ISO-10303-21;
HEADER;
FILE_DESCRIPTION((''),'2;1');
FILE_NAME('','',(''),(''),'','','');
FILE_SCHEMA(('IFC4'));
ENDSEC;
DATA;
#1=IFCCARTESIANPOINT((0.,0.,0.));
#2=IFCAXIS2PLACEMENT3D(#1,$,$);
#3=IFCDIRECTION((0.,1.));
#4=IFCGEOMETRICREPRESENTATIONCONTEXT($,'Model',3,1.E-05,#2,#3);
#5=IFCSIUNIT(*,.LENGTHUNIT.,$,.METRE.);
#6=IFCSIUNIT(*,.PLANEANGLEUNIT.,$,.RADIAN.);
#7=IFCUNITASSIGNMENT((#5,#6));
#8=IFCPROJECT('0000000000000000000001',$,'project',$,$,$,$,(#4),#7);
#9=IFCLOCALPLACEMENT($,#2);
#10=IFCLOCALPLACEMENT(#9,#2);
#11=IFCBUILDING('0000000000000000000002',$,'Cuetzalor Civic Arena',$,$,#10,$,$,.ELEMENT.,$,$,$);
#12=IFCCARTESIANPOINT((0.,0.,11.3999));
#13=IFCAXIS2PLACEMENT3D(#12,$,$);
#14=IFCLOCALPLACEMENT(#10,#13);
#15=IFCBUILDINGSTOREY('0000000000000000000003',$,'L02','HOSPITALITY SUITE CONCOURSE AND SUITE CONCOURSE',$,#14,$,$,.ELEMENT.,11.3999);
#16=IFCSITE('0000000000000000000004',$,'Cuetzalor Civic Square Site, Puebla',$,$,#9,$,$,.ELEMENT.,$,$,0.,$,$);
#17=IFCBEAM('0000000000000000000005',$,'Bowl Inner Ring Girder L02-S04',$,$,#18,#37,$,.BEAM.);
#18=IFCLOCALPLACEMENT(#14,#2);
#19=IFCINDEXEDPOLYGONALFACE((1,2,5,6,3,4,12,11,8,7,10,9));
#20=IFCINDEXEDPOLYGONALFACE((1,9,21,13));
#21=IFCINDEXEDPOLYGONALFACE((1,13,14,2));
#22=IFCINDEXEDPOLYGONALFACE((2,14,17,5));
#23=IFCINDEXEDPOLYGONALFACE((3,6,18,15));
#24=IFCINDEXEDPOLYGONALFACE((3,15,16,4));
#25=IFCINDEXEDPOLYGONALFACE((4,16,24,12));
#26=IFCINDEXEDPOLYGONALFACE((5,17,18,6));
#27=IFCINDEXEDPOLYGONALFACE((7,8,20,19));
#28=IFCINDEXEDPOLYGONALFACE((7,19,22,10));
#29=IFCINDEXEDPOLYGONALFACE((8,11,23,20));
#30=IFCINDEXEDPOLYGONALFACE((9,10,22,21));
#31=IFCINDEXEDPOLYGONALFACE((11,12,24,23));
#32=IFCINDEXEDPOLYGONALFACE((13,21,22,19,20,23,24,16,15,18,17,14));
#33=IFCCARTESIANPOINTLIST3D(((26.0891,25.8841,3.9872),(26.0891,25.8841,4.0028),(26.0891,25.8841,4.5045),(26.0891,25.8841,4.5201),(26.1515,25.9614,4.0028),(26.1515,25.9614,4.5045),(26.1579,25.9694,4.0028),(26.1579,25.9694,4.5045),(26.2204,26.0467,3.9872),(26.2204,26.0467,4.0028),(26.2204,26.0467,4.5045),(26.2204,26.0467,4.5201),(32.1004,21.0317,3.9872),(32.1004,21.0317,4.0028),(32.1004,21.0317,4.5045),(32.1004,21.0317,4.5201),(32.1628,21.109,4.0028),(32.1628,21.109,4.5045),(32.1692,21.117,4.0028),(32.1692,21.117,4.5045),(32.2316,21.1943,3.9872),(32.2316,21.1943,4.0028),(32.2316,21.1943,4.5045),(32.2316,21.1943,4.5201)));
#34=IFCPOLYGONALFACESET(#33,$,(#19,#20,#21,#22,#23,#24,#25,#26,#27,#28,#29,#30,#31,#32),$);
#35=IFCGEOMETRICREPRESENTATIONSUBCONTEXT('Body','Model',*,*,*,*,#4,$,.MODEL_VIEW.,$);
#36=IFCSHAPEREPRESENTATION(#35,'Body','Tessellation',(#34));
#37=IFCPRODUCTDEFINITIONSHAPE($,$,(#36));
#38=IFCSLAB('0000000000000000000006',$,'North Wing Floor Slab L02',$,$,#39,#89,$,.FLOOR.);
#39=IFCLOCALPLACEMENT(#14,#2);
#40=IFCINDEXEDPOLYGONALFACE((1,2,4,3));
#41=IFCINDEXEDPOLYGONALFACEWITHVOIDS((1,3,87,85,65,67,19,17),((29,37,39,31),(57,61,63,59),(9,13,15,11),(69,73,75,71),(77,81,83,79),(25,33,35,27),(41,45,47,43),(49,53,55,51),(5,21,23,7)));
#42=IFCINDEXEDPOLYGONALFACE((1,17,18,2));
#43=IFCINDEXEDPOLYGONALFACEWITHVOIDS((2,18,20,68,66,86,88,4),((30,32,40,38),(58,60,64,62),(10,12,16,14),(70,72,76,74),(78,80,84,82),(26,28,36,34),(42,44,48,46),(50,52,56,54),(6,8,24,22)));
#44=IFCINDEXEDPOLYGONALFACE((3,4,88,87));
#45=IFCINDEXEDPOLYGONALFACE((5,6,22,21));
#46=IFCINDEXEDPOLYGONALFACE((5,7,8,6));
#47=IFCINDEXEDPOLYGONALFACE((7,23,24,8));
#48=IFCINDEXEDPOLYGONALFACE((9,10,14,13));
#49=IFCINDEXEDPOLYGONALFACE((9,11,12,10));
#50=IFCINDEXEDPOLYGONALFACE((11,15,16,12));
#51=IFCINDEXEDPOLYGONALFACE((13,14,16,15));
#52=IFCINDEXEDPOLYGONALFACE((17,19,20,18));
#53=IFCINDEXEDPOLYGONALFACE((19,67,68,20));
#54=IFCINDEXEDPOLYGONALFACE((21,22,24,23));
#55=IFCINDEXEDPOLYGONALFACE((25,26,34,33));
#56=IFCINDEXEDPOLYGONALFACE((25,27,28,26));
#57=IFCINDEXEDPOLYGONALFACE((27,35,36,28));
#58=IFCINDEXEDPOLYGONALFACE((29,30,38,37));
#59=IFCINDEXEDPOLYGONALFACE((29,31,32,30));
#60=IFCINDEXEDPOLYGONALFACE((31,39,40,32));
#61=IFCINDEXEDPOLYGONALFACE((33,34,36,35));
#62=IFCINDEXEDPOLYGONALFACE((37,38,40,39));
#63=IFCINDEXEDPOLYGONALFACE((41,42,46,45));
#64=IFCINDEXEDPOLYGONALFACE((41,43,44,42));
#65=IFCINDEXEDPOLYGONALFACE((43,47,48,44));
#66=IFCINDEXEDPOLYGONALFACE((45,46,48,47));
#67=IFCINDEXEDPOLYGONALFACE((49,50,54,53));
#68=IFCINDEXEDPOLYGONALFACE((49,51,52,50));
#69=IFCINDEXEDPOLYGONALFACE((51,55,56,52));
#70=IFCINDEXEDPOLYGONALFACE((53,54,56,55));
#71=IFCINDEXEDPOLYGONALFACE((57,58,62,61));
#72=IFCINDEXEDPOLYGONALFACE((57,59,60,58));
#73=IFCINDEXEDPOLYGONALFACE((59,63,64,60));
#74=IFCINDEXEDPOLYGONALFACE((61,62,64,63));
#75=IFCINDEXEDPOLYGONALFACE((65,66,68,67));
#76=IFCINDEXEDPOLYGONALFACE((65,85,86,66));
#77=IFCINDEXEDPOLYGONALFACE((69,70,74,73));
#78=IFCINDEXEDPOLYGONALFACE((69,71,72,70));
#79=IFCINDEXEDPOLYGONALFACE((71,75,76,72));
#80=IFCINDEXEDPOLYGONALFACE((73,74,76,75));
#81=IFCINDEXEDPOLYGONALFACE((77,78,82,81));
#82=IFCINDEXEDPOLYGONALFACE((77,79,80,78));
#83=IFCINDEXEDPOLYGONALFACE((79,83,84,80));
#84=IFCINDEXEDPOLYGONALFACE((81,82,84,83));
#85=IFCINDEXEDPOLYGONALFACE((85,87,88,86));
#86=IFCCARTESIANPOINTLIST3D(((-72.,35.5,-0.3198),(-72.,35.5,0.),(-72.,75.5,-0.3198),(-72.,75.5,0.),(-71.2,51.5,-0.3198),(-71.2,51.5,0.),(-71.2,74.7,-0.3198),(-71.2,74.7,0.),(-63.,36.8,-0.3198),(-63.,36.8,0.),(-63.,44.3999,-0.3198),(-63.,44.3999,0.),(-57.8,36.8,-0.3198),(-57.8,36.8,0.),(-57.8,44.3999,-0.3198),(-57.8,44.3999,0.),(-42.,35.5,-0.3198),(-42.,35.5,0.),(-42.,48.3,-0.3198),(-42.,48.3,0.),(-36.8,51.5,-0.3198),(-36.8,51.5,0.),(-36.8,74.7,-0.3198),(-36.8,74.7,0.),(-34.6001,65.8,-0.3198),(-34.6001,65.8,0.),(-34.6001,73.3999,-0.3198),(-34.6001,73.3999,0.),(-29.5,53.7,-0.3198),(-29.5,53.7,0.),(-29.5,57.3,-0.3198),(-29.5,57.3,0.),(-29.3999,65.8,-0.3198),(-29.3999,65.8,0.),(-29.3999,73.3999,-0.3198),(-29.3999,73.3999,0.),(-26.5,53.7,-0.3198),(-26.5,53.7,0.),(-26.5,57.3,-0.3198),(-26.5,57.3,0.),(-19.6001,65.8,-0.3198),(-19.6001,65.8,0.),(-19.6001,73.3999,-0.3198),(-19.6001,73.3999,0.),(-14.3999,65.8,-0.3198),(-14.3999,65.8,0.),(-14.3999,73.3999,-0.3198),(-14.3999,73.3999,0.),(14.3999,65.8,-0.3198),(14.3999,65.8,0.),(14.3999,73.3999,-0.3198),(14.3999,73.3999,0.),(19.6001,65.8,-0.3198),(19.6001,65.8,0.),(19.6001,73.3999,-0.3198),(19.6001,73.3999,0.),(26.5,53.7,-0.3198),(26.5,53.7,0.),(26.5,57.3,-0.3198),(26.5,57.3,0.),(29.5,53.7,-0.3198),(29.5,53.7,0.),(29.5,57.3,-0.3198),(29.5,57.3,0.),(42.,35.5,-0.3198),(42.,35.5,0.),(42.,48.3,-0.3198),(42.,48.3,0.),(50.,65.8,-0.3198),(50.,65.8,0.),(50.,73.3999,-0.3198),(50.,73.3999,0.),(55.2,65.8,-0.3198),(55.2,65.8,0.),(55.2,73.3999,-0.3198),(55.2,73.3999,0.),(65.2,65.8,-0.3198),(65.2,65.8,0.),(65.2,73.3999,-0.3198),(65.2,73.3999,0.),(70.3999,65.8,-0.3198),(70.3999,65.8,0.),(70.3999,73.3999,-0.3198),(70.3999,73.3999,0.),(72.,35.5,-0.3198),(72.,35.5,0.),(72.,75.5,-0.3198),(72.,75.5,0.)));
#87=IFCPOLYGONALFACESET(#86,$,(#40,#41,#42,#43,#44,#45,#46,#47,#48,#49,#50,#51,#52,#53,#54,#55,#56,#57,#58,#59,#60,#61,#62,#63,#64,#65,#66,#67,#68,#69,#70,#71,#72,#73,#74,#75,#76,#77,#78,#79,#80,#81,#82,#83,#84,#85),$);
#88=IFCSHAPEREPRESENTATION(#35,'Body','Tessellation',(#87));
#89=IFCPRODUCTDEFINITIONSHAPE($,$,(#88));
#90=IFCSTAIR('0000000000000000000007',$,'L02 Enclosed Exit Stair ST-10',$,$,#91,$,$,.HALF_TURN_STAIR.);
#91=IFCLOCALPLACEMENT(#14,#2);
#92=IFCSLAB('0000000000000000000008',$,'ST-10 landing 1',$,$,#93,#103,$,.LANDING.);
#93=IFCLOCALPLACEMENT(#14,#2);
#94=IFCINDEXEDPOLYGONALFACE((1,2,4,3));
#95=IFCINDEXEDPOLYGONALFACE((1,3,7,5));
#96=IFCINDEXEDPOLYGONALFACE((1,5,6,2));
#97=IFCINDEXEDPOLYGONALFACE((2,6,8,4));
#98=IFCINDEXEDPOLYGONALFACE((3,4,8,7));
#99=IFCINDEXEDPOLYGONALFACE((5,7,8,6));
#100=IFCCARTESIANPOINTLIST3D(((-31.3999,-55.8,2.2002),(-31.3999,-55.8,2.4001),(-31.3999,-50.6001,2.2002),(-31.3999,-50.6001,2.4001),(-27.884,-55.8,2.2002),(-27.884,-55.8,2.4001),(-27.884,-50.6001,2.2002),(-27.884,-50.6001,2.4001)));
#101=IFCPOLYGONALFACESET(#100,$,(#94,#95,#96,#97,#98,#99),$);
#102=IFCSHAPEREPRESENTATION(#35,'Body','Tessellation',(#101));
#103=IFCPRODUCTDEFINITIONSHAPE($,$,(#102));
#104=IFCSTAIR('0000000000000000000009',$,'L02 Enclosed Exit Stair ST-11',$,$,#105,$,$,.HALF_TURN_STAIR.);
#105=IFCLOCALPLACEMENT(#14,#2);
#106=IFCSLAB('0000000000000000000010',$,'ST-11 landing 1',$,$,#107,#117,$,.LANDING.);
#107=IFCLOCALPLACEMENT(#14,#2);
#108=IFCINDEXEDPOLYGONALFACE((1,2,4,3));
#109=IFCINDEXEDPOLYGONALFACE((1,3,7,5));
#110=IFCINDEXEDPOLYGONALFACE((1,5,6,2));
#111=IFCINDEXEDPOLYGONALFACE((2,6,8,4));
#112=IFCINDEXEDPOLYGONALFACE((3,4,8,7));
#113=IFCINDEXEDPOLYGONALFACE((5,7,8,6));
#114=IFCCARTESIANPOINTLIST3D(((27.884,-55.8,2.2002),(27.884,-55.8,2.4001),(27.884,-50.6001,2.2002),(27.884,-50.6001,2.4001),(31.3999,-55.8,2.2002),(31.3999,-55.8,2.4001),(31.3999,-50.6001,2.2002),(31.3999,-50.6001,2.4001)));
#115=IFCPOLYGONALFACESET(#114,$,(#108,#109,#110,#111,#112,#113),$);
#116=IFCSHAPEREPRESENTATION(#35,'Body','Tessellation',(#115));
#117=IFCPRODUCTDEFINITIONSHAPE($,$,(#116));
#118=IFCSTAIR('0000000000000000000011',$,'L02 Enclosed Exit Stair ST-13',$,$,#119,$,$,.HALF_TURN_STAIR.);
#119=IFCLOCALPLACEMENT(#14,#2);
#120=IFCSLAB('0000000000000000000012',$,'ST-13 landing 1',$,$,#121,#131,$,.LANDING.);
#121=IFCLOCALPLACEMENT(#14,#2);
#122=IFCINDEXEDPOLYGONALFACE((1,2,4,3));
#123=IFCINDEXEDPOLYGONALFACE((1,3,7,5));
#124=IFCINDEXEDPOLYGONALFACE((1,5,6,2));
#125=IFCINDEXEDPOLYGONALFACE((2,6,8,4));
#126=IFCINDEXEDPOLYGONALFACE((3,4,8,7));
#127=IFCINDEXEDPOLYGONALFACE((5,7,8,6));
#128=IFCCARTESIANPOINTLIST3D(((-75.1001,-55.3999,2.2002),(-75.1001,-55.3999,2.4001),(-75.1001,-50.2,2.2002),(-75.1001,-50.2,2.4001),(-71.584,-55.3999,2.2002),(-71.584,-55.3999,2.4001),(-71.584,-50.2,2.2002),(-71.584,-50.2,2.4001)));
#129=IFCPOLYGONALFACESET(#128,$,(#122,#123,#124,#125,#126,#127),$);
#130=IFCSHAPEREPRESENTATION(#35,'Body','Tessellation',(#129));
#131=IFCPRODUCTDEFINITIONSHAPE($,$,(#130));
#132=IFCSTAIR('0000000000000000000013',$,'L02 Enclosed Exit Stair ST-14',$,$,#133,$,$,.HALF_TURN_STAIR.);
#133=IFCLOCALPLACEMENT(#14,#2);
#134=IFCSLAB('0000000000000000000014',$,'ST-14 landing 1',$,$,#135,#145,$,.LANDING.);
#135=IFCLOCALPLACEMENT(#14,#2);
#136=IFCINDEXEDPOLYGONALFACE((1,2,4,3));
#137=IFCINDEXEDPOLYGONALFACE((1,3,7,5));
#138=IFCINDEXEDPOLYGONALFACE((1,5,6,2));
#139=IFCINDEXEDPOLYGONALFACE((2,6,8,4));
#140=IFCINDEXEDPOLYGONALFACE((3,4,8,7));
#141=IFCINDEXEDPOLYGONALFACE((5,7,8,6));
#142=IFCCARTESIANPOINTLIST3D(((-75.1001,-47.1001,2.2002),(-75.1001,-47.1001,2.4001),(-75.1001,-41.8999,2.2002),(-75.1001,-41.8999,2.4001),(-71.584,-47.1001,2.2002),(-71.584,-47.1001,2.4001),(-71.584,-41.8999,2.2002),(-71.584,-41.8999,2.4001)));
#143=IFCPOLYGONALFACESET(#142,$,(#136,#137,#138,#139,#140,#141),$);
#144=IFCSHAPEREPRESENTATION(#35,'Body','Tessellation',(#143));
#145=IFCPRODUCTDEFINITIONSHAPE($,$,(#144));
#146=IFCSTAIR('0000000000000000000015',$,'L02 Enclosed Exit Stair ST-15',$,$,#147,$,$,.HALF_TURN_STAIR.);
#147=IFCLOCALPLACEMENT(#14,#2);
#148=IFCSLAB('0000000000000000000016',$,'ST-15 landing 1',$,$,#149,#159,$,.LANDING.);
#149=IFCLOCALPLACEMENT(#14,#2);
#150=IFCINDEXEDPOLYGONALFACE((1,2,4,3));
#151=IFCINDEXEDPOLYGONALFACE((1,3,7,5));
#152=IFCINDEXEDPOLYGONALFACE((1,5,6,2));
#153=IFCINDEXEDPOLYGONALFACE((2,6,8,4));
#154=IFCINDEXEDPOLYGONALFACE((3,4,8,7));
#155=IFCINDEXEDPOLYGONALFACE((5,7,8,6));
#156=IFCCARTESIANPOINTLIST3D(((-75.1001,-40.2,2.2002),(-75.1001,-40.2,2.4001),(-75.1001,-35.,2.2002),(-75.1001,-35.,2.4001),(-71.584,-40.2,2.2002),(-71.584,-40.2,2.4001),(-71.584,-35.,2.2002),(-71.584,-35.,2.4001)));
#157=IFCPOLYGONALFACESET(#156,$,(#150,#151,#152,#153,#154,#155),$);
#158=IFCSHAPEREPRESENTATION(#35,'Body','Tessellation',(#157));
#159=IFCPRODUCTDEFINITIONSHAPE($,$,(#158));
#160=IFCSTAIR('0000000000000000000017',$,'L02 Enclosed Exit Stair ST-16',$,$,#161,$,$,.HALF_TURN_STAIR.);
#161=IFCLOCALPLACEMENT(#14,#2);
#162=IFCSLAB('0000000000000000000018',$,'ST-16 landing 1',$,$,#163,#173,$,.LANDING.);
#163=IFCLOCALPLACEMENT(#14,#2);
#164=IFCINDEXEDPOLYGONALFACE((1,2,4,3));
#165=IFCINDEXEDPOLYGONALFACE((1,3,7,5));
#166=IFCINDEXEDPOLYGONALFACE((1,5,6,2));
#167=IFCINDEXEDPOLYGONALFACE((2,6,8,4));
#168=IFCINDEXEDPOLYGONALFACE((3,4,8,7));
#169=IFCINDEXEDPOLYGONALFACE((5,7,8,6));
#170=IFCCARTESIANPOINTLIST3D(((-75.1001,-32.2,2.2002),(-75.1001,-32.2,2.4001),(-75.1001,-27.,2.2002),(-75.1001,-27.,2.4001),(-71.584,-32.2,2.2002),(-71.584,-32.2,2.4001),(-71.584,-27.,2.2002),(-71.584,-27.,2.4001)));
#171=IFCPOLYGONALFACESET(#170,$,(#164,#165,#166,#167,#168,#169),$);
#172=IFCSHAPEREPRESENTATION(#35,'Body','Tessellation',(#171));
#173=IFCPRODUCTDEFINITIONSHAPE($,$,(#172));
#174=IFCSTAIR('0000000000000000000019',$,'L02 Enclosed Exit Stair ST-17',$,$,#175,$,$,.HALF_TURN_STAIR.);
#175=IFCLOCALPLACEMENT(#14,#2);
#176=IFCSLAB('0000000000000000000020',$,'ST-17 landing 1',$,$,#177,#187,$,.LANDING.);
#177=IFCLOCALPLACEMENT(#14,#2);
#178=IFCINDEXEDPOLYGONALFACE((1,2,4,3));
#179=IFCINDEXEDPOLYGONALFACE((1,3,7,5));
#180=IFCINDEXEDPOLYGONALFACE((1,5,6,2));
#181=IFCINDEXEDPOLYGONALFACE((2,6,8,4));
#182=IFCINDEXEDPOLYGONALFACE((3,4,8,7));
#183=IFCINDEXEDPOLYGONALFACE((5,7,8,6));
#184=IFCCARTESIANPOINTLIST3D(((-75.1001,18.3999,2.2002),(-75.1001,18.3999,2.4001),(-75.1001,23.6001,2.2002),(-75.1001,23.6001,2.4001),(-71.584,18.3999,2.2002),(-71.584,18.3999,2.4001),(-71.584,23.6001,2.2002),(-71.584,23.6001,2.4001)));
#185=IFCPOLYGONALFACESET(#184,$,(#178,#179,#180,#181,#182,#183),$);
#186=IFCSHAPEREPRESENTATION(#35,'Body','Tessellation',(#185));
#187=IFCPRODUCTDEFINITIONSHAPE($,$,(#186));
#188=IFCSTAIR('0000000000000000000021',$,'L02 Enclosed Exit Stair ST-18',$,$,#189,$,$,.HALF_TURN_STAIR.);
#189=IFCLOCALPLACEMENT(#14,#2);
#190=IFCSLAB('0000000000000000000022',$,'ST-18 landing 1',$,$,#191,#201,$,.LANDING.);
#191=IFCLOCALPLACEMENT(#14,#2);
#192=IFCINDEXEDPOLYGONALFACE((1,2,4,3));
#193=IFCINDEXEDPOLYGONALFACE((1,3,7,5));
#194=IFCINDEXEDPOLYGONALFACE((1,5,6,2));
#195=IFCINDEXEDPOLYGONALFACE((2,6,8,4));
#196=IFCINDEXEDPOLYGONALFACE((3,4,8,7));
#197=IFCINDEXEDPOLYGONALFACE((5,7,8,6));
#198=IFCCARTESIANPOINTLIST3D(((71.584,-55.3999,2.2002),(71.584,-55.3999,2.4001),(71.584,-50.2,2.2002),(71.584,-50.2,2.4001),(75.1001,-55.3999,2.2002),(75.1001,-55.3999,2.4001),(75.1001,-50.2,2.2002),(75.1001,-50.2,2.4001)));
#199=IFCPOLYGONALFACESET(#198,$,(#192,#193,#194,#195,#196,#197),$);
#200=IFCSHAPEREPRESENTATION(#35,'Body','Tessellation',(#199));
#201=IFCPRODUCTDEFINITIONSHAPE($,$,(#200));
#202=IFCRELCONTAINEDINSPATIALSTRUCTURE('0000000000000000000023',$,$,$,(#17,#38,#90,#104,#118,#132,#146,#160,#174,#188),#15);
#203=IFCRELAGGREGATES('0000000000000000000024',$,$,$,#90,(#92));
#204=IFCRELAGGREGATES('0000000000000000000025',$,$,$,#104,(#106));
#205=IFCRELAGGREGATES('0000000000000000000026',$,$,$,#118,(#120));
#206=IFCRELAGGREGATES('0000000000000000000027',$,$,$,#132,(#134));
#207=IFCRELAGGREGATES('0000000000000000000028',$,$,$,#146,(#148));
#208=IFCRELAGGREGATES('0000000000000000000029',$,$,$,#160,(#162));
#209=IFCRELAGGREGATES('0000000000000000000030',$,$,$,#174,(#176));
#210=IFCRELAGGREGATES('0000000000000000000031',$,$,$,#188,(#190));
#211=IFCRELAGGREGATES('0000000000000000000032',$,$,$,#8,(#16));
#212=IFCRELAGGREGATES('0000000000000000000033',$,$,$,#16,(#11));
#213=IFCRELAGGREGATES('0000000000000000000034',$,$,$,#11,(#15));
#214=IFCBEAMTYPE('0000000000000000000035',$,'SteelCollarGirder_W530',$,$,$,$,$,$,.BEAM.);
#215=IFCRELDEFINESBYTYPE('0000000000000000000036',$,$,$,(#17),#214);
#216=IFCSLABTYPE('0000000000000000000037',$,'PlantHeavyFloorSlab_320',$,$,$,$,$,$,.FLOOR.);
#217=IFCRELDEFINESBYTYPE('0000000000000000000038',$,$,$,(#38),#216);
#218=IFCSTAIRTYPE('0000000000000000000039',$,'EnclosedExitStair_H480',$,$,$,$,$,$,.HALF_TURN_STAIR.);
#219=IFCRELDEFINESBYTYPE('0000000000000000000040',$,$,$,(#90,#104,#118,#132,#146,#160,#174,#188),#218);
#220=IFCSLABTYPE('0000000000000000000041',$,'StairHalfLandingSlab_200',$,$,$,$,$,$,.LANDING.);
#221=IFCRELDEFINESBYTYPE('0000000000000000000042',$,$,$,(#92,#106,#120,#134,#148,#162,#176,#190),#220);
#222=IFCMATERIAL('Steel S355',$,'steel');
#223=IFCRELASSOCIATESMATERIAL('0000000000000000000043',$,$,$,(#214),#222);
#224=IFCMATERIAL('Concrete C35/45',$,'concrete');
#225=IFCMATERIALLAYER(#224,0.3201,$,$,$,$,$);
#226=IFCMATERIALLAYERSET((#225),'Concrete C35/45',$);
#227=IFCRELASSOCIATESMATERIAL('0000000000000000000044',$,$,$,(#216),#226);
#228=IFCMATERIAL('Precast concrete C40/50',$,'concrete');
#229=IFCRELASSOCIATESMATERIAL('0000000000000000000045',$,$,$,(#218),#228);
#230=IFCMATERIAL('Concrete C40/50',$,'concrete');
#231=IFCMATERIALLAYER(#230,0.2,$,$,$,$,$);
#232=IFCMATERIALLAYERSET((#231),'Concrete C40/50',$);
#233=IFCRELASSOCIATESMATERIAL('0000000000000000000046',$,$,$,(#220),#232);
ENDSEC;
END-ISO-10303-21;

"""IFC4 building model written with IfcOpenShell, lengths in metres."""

from ifc_helpers import new_model, si_unit, direction, frame, origin, origin_2d, place, context, subcontext, project, spatial, polyline, i_section, outline, extrude, material, layer, layer_set, material_profile, profile_set, type_object, element, aggregate, save


model = new_model("IFC4")

# Units and contexts
model_context = context("Model", 3, precision=1e-05, world=origin(), true_north=direction((0.0, 1.0)))
body_context = subcontext(model_context, "Body", "Model", "MODEL_VIEW")
ifc_project = project(units=[si_unit("LENGTHUNIT", "METRE"), si_unit("PLANEANGLEUNIT", "RADIAN")], contexts=[model_context])

# Site, building, storey
site_placement = place(None, origin())
site = spatial("IfcSite", under=ifc_project, at=site_placement, Name="Cuetzalor Civic Square Site, Puebla", CompositionType="ELEMENT", RefElevation=0.0)
building_placement = place(site_placement, origin())
building = spatial("IfcBuilding", under=site, at=building_placement, Name="Cuetzalor Civic Arena", CompositionType="ELEMENT")
storey_placement = place(building_placement, frame((0.0, 0.0, 11.3999)))
storey = spatial("IfcBuildingStorey", under=building, at=storey_placement, Name="L02", Description="HOSPITALITY SUITE CONCOURSE AND SUITE CONCOURSE", CompositionType="ELEMENT", Elevation=11.3999)

# Beam
ifc_material_1 = material(Name="Steel S355", Category="steel")
ifc_material_profile = material_profile(ifc_material_1, i_section(OverallWidth=0.209, OverallDepth=0.533, WebThickness=0.0103, FlangeThickness=0.0156, at=origin_2d()), Name="W530x92")
ifc_profile_set = profile_set([ifc_material_profile], Name="Steel S355")
beam_type = type_object("IfcBeamType", Name="SteelCollarGirder_W530", PredefinedType="BEAM", material=ifc_profile_set)
beam_placement = place(storey_placement, frame((32.166, 21.113, 4.2537), z_axis=(-0.778127, 0.628108, 0.0), x_axis=(-0.628108, -0.778127, 0.0)))
element("IfcBeam", 1, at=beam_placement, inside=storey, type_object=beam_type, Name="Bowl Inner Ring Girder L02-S04", PredefinedType="BEAM", context=body_context, shape_type="SweptSolid", body=[
    extrude(i_section(OverallWidth=0.209, OverallDepth=0.533, WebThickness=0.0103, FlangeThickness=0.0156, at=origin_2d()), origin(), (0.0, 0.0, 1.0), 7.7253),
])

# Slab
ifc_material_2 = material(Name="Concrete C35/45", Category="concrete")
ifc_layer_1 = layer(ifc_material_2, 0.3201)
ifc_layer_set_1 = layer_set([ifc_layer_1], Name="Concrete C35/45")
slab_type_1 = type_object("IfcSlabType", Name="PlantHeavyFloorSlab_320", PredefinedType="FLOOR", material=ifc_layer_set_1)
slab_1_placement = place(storey_placement, frame((0.0, 0.0, -0.3198)))
element("IfcSlab", 2, at=slab_1_placement, inside=storey, type_object=slab_type_1, Name="North Wing Floor Slab L02", PredefinedType="FLOOR", context=body_context, shape_type="SweptSolid", body=[
    extrude(outline(polyline([(-72.0, 75.5), (72.0, 75.5), (72.0, 35.5), (42.0, 35.5), (42.0, 48.3), (-42.0, 48.3), (-42.0, 35.5), (-72.0, 35.5), (-72.0, 75.5)]), holes=[polyline([(-36.8, 51.5), (-36.8, 74.7), (-71.2, 74.7), (-71.2, 51.5), (-36.8, 51.5)]), polyline([(-63.0, 36.8), (-57.8, 36.8), (-57.8, 44.3999), (-63.0, 44.3999), (-63.0, 36.8)]), polyline([(-34.6001, 73.3999), (-34.6001, 65.8), (-29.3999, 65.8), (-29.3999, 73.3999), (-34.6001, 73.3999)]), polyline([(-14.3999, 73.3999), (-19.6001, 73.3999), (-19.6001, 65.8), (-14.3999, 65.8), (-14.3999, 73.3999)]), polyline([(19.6001, 65.8), (19.6001, 73.3999), (14.3999, 73.3999), (14.3999, 65.8), (19.6001, 65.8)]), polyline([(50.0, 65.8), (55.2, 65.8), (55.2, 73.3999), (50.0, 73.3999), (50.0, 65.8)]), polyline([(65.2, 73.3999), (65.2, 65.8), (70.3999, 65.8), (70.3999, 73.3999), (65.2, 73.3999)]), polyline([(-26.5, 57.3), (-29.5, 57.3), (-29.5, 53.7), (-26.5, 53.7), (-26.5, 57.3)]), polyline([(29.5, 53.7), (29.5, 57.3), (26.5, 57.3), (26.5, 53.7), (29.5, 53.7)])]), origin(), (0.0, 0.0, 1.0), 0.3198),
])

# Stairs, slabs
ifc_material_3 = material(Name="Precast concrete C40/50", Category="concrete")
stair_type = type_object("IfcStairType", Name="EnclosedExitStair_H480", PredefinedType="HALF_TURN_STAIR", material=ifc_material_3)
stair_1_placement = place(storey_placement, origin())
stair_1 = element("IfcStair", 3, at=stair_1_placement, inside=storey, type_object=stair_type, Name="L02 Enclosed Exit Stair ST-10", PredefinedType="HALF_TURN_STAIR")
ifc_material_4 = material(Name="Concrete C40/50", Category="concrete")
ifc_layer_2 = layer(ifc_material_4, 0.2)
ifc_layer_set_2 = layer_set([ifc_layer_2], Name="Concrete C40/50")
slab_type_2 = type_object("IfcSlabType", Name="StairHalfLandingSlab_200", PredefinedType="LANDING", material=ifc_layer_set_2)
slab_2_placement = place(storey_placement, frame((0.0, 0.0, 2.2002)))
slab_2 = element("IfcSlab", 4, at=slab_2_placement, type_object=slab_type_2, Name="ST-10 landing 1", PredefinedType="LANDING", context=body_context, shape_type="SweptSolid", body=[
    extrude(outline(polyline([(-27.884, -50.6001), (-31.3999, -50.6001), (-31.3999, -55.8), (-27.884, -55.8), (-27.884, -50.6001)])), origin(), (0.0, 0.0, 1.0), 0.2),
])
aggregate(stair_1, [slab_2])
stair_2_placement = place(storey_placement, origin())
stair_2 = element("IfcStair", 5, at=stair_2_placement, inside=storey, type_object=stair_type, Name="L02 Enclosed Exit Stair ST-11", PredefinedType="HALF_TURN_STAIR")
slab_3_placement = place(storey_placement, frame((0.0, 0.0, 2.2002)))
slab_3 = element("IfcSlab", 6, at=slab_3_placement, type_object=slab_type_2, Name="ST-11 landing 1", PredefinedType="LANDING", context=body_context, shape_type="SweptSolid", body=[
    extrude(outline(polyline([(27.884, -55.8), (31.3999, -55.8), (31.3999, -50.6001), (27.884, -50.6001), (27.884, -55.8)])), origin(), (0.0, 0.0, 1.0), 0.2),
])
aggregate(stair_2, [slab_3])
stair_3_placement = place(storey_placement, origin())
stair_3 = element("IfcStair", 7, at=stair_3_placement, inside=storey, type_object=stair_type, Name="L02 Enclosed Exit Stair ST-13", PredefinedType="HALF_TURN_STAIR")
slab_4_placement = place(storey_placement, frame((0.0, 0.0, 2.2002)))
slab_4 = element("IfcSlab", 8, at=slab_4_placement, type_object=slab_type_2, Name="ST-13 landing 1", PredefinedType="LANDING", context=body_context, shape_type="SweptSolid", body=[
    extrude(outline(polyline([(-71.584, -50.2), (-75.1001, -50.2), (-75.1001, -55.3999), (-71.584, -55.3999), (-71.584, -50.2)])), origin(), (0.0, 0.0, 1.0), 0.2),
])
aggregate(stair_3, [slab_4])
stair_4_placement = place(storey_placement, origin())
stair_4 = element("IfcStair", 9, at=stair_4_placement, inside=storey, type_object=stair_type, Name="L02 Enclosed Exit Stair ST-14", PredefinedType="HALF_TURN_STAIR")
slab_5_placement = place(storey_placement, frame((0.0, 0.0, 2.2002)))
slab_5 = element("IfcSlab", 10, at=slab_5_placement, type_object=slab_type_2, Name="ST-14 landing 1", PredefinedType="LANDING", context=body_context, shape_type="SweptSolid", body=[
    extrude(outline(polyline([(-71.584, -41.8999), (-75.1001, -41.8999), (-75.1001, -47.1001), (-71.584, -47.1001), (-71.584, -41.8999)])), origin(), (0.0, 0.0, 1.0), 0.2),
])
aggregate(stair_4, [slab_5])
stair_5_placement = place(storey_placement, origin())
stair_5 = element("IfcStair", 11, at=stair_5_placement, inside=storey, type_object=stair_type, Name="L02 Enclosed Exit Stair ST-15", PredefinedType="HALF_TURN_STAIR")
slab_6_placement = place(storey_placement, frame((0.0, 0.0, 2.2002)))
slab_6 = element("IfcSlab", 12, at=slab_6_placement, type_object=slab_type_2, Name="ST-15 landing 1", PredefinedType="LANDING", context=body_context, shape_type="SweptSolid", body=[
    extrude(outline(polyline([(-71.584, -35.0), (-75.1001, -35.0), (-75.1001, -40.2), (-71.584, -40.2), (-71.584, -35.0)])), origin(), (0.0, 0.0, 1.0), 0.2),
])
aggregate(stair_5, [slab_6])
stair_6_placement = place(storey_placement, origin())
stair_6 = element("IfcStair", 13, at=stair_6_placement, inside=storey, type_object=stair_type, Name="L02 Enclosed Exit Stair ST-16", PredefinedType="HALF_TURN_STAIR")
slab_7_placement = place(storey_placement, frame((0.0, 0.0, 2.2002)))
slab_7 = element("IfcSlab", 14, at=slab_7_placement, type_object=slab_type_2, Name="ST-16 landing 1", PredefinedType="LANDING", context=body_context, shape_type="SweptSolid", body=[
    extrude(outline(polyline([(-71.584, -27.0), (-75.1001, -27.0), (-75.1001, -32.2), (-71.584, -32.2), (-71.584, -27.0)])), origin(), (0.0, 0.0, 1.0), 0.2),
])
aggregate(stair_6, [slab_7])
stair_7_placement = place(storey_placement, origin())
stair_7 = element("IfcStair", 15, at=stair_7_placement, inside=storey, type_object=stair_type, Name="L02 Enclosed Exit Stair ST-17", PredefinedType="HALF_TURN_STAIR")
slab_8_placement = place(storey_placement, frame((0.0, 0.0, 2.2002)))
slab_8 = element("IfcSlab", 16, at=slab_8_placement, type_object=slab_type_2, Name="ST-17 landing 1", PredefinedType="LANDING", context=body_context, shape_type="SweptSolid", body=[
    extrude(outline(polyline([(-71.584, 23.6001), (-75.1001, 23.6001), (-75.1001, 18.3999), (-71.584, 18.3999), (-71.584, 23.6001)])), origin(), (0.0, 0.0, 1.0), 0.2),
])
aggregate(stair_7, [slab_8])
stair_8_placement = place(storey_placement, origin())
stair_8 = element("IfcStair", 17, at=stair_8_placement, inside=storey, type_object=stair_type, Name="L02 Enclosed Exit Stair ST-18", PredefinedType="HALF_TURN_STAIR")
slab_9_placement = place(storey_placement, frame((0.0, 0.0, 2.2002)))
slab_9 = element("IfcSlab", 18, at=slab_9_placement, type_object=slab_type_2, Name="ST-18 landing 1", PredefinedType="LANDING", context=body_context, shape_type="SweptSolid", body=[
    extrude(outline(polyline([(71.584, -55.3999), (75.1001, -55.3999), (75.1001, -50.2), (71.584, -50.2), (71.584, -55.3999)])), origin(), (0.0, 0.0, 1.0), 0.2),
])
aggregate(stair_8, [slab_9])

save(model, "model.ifc")
